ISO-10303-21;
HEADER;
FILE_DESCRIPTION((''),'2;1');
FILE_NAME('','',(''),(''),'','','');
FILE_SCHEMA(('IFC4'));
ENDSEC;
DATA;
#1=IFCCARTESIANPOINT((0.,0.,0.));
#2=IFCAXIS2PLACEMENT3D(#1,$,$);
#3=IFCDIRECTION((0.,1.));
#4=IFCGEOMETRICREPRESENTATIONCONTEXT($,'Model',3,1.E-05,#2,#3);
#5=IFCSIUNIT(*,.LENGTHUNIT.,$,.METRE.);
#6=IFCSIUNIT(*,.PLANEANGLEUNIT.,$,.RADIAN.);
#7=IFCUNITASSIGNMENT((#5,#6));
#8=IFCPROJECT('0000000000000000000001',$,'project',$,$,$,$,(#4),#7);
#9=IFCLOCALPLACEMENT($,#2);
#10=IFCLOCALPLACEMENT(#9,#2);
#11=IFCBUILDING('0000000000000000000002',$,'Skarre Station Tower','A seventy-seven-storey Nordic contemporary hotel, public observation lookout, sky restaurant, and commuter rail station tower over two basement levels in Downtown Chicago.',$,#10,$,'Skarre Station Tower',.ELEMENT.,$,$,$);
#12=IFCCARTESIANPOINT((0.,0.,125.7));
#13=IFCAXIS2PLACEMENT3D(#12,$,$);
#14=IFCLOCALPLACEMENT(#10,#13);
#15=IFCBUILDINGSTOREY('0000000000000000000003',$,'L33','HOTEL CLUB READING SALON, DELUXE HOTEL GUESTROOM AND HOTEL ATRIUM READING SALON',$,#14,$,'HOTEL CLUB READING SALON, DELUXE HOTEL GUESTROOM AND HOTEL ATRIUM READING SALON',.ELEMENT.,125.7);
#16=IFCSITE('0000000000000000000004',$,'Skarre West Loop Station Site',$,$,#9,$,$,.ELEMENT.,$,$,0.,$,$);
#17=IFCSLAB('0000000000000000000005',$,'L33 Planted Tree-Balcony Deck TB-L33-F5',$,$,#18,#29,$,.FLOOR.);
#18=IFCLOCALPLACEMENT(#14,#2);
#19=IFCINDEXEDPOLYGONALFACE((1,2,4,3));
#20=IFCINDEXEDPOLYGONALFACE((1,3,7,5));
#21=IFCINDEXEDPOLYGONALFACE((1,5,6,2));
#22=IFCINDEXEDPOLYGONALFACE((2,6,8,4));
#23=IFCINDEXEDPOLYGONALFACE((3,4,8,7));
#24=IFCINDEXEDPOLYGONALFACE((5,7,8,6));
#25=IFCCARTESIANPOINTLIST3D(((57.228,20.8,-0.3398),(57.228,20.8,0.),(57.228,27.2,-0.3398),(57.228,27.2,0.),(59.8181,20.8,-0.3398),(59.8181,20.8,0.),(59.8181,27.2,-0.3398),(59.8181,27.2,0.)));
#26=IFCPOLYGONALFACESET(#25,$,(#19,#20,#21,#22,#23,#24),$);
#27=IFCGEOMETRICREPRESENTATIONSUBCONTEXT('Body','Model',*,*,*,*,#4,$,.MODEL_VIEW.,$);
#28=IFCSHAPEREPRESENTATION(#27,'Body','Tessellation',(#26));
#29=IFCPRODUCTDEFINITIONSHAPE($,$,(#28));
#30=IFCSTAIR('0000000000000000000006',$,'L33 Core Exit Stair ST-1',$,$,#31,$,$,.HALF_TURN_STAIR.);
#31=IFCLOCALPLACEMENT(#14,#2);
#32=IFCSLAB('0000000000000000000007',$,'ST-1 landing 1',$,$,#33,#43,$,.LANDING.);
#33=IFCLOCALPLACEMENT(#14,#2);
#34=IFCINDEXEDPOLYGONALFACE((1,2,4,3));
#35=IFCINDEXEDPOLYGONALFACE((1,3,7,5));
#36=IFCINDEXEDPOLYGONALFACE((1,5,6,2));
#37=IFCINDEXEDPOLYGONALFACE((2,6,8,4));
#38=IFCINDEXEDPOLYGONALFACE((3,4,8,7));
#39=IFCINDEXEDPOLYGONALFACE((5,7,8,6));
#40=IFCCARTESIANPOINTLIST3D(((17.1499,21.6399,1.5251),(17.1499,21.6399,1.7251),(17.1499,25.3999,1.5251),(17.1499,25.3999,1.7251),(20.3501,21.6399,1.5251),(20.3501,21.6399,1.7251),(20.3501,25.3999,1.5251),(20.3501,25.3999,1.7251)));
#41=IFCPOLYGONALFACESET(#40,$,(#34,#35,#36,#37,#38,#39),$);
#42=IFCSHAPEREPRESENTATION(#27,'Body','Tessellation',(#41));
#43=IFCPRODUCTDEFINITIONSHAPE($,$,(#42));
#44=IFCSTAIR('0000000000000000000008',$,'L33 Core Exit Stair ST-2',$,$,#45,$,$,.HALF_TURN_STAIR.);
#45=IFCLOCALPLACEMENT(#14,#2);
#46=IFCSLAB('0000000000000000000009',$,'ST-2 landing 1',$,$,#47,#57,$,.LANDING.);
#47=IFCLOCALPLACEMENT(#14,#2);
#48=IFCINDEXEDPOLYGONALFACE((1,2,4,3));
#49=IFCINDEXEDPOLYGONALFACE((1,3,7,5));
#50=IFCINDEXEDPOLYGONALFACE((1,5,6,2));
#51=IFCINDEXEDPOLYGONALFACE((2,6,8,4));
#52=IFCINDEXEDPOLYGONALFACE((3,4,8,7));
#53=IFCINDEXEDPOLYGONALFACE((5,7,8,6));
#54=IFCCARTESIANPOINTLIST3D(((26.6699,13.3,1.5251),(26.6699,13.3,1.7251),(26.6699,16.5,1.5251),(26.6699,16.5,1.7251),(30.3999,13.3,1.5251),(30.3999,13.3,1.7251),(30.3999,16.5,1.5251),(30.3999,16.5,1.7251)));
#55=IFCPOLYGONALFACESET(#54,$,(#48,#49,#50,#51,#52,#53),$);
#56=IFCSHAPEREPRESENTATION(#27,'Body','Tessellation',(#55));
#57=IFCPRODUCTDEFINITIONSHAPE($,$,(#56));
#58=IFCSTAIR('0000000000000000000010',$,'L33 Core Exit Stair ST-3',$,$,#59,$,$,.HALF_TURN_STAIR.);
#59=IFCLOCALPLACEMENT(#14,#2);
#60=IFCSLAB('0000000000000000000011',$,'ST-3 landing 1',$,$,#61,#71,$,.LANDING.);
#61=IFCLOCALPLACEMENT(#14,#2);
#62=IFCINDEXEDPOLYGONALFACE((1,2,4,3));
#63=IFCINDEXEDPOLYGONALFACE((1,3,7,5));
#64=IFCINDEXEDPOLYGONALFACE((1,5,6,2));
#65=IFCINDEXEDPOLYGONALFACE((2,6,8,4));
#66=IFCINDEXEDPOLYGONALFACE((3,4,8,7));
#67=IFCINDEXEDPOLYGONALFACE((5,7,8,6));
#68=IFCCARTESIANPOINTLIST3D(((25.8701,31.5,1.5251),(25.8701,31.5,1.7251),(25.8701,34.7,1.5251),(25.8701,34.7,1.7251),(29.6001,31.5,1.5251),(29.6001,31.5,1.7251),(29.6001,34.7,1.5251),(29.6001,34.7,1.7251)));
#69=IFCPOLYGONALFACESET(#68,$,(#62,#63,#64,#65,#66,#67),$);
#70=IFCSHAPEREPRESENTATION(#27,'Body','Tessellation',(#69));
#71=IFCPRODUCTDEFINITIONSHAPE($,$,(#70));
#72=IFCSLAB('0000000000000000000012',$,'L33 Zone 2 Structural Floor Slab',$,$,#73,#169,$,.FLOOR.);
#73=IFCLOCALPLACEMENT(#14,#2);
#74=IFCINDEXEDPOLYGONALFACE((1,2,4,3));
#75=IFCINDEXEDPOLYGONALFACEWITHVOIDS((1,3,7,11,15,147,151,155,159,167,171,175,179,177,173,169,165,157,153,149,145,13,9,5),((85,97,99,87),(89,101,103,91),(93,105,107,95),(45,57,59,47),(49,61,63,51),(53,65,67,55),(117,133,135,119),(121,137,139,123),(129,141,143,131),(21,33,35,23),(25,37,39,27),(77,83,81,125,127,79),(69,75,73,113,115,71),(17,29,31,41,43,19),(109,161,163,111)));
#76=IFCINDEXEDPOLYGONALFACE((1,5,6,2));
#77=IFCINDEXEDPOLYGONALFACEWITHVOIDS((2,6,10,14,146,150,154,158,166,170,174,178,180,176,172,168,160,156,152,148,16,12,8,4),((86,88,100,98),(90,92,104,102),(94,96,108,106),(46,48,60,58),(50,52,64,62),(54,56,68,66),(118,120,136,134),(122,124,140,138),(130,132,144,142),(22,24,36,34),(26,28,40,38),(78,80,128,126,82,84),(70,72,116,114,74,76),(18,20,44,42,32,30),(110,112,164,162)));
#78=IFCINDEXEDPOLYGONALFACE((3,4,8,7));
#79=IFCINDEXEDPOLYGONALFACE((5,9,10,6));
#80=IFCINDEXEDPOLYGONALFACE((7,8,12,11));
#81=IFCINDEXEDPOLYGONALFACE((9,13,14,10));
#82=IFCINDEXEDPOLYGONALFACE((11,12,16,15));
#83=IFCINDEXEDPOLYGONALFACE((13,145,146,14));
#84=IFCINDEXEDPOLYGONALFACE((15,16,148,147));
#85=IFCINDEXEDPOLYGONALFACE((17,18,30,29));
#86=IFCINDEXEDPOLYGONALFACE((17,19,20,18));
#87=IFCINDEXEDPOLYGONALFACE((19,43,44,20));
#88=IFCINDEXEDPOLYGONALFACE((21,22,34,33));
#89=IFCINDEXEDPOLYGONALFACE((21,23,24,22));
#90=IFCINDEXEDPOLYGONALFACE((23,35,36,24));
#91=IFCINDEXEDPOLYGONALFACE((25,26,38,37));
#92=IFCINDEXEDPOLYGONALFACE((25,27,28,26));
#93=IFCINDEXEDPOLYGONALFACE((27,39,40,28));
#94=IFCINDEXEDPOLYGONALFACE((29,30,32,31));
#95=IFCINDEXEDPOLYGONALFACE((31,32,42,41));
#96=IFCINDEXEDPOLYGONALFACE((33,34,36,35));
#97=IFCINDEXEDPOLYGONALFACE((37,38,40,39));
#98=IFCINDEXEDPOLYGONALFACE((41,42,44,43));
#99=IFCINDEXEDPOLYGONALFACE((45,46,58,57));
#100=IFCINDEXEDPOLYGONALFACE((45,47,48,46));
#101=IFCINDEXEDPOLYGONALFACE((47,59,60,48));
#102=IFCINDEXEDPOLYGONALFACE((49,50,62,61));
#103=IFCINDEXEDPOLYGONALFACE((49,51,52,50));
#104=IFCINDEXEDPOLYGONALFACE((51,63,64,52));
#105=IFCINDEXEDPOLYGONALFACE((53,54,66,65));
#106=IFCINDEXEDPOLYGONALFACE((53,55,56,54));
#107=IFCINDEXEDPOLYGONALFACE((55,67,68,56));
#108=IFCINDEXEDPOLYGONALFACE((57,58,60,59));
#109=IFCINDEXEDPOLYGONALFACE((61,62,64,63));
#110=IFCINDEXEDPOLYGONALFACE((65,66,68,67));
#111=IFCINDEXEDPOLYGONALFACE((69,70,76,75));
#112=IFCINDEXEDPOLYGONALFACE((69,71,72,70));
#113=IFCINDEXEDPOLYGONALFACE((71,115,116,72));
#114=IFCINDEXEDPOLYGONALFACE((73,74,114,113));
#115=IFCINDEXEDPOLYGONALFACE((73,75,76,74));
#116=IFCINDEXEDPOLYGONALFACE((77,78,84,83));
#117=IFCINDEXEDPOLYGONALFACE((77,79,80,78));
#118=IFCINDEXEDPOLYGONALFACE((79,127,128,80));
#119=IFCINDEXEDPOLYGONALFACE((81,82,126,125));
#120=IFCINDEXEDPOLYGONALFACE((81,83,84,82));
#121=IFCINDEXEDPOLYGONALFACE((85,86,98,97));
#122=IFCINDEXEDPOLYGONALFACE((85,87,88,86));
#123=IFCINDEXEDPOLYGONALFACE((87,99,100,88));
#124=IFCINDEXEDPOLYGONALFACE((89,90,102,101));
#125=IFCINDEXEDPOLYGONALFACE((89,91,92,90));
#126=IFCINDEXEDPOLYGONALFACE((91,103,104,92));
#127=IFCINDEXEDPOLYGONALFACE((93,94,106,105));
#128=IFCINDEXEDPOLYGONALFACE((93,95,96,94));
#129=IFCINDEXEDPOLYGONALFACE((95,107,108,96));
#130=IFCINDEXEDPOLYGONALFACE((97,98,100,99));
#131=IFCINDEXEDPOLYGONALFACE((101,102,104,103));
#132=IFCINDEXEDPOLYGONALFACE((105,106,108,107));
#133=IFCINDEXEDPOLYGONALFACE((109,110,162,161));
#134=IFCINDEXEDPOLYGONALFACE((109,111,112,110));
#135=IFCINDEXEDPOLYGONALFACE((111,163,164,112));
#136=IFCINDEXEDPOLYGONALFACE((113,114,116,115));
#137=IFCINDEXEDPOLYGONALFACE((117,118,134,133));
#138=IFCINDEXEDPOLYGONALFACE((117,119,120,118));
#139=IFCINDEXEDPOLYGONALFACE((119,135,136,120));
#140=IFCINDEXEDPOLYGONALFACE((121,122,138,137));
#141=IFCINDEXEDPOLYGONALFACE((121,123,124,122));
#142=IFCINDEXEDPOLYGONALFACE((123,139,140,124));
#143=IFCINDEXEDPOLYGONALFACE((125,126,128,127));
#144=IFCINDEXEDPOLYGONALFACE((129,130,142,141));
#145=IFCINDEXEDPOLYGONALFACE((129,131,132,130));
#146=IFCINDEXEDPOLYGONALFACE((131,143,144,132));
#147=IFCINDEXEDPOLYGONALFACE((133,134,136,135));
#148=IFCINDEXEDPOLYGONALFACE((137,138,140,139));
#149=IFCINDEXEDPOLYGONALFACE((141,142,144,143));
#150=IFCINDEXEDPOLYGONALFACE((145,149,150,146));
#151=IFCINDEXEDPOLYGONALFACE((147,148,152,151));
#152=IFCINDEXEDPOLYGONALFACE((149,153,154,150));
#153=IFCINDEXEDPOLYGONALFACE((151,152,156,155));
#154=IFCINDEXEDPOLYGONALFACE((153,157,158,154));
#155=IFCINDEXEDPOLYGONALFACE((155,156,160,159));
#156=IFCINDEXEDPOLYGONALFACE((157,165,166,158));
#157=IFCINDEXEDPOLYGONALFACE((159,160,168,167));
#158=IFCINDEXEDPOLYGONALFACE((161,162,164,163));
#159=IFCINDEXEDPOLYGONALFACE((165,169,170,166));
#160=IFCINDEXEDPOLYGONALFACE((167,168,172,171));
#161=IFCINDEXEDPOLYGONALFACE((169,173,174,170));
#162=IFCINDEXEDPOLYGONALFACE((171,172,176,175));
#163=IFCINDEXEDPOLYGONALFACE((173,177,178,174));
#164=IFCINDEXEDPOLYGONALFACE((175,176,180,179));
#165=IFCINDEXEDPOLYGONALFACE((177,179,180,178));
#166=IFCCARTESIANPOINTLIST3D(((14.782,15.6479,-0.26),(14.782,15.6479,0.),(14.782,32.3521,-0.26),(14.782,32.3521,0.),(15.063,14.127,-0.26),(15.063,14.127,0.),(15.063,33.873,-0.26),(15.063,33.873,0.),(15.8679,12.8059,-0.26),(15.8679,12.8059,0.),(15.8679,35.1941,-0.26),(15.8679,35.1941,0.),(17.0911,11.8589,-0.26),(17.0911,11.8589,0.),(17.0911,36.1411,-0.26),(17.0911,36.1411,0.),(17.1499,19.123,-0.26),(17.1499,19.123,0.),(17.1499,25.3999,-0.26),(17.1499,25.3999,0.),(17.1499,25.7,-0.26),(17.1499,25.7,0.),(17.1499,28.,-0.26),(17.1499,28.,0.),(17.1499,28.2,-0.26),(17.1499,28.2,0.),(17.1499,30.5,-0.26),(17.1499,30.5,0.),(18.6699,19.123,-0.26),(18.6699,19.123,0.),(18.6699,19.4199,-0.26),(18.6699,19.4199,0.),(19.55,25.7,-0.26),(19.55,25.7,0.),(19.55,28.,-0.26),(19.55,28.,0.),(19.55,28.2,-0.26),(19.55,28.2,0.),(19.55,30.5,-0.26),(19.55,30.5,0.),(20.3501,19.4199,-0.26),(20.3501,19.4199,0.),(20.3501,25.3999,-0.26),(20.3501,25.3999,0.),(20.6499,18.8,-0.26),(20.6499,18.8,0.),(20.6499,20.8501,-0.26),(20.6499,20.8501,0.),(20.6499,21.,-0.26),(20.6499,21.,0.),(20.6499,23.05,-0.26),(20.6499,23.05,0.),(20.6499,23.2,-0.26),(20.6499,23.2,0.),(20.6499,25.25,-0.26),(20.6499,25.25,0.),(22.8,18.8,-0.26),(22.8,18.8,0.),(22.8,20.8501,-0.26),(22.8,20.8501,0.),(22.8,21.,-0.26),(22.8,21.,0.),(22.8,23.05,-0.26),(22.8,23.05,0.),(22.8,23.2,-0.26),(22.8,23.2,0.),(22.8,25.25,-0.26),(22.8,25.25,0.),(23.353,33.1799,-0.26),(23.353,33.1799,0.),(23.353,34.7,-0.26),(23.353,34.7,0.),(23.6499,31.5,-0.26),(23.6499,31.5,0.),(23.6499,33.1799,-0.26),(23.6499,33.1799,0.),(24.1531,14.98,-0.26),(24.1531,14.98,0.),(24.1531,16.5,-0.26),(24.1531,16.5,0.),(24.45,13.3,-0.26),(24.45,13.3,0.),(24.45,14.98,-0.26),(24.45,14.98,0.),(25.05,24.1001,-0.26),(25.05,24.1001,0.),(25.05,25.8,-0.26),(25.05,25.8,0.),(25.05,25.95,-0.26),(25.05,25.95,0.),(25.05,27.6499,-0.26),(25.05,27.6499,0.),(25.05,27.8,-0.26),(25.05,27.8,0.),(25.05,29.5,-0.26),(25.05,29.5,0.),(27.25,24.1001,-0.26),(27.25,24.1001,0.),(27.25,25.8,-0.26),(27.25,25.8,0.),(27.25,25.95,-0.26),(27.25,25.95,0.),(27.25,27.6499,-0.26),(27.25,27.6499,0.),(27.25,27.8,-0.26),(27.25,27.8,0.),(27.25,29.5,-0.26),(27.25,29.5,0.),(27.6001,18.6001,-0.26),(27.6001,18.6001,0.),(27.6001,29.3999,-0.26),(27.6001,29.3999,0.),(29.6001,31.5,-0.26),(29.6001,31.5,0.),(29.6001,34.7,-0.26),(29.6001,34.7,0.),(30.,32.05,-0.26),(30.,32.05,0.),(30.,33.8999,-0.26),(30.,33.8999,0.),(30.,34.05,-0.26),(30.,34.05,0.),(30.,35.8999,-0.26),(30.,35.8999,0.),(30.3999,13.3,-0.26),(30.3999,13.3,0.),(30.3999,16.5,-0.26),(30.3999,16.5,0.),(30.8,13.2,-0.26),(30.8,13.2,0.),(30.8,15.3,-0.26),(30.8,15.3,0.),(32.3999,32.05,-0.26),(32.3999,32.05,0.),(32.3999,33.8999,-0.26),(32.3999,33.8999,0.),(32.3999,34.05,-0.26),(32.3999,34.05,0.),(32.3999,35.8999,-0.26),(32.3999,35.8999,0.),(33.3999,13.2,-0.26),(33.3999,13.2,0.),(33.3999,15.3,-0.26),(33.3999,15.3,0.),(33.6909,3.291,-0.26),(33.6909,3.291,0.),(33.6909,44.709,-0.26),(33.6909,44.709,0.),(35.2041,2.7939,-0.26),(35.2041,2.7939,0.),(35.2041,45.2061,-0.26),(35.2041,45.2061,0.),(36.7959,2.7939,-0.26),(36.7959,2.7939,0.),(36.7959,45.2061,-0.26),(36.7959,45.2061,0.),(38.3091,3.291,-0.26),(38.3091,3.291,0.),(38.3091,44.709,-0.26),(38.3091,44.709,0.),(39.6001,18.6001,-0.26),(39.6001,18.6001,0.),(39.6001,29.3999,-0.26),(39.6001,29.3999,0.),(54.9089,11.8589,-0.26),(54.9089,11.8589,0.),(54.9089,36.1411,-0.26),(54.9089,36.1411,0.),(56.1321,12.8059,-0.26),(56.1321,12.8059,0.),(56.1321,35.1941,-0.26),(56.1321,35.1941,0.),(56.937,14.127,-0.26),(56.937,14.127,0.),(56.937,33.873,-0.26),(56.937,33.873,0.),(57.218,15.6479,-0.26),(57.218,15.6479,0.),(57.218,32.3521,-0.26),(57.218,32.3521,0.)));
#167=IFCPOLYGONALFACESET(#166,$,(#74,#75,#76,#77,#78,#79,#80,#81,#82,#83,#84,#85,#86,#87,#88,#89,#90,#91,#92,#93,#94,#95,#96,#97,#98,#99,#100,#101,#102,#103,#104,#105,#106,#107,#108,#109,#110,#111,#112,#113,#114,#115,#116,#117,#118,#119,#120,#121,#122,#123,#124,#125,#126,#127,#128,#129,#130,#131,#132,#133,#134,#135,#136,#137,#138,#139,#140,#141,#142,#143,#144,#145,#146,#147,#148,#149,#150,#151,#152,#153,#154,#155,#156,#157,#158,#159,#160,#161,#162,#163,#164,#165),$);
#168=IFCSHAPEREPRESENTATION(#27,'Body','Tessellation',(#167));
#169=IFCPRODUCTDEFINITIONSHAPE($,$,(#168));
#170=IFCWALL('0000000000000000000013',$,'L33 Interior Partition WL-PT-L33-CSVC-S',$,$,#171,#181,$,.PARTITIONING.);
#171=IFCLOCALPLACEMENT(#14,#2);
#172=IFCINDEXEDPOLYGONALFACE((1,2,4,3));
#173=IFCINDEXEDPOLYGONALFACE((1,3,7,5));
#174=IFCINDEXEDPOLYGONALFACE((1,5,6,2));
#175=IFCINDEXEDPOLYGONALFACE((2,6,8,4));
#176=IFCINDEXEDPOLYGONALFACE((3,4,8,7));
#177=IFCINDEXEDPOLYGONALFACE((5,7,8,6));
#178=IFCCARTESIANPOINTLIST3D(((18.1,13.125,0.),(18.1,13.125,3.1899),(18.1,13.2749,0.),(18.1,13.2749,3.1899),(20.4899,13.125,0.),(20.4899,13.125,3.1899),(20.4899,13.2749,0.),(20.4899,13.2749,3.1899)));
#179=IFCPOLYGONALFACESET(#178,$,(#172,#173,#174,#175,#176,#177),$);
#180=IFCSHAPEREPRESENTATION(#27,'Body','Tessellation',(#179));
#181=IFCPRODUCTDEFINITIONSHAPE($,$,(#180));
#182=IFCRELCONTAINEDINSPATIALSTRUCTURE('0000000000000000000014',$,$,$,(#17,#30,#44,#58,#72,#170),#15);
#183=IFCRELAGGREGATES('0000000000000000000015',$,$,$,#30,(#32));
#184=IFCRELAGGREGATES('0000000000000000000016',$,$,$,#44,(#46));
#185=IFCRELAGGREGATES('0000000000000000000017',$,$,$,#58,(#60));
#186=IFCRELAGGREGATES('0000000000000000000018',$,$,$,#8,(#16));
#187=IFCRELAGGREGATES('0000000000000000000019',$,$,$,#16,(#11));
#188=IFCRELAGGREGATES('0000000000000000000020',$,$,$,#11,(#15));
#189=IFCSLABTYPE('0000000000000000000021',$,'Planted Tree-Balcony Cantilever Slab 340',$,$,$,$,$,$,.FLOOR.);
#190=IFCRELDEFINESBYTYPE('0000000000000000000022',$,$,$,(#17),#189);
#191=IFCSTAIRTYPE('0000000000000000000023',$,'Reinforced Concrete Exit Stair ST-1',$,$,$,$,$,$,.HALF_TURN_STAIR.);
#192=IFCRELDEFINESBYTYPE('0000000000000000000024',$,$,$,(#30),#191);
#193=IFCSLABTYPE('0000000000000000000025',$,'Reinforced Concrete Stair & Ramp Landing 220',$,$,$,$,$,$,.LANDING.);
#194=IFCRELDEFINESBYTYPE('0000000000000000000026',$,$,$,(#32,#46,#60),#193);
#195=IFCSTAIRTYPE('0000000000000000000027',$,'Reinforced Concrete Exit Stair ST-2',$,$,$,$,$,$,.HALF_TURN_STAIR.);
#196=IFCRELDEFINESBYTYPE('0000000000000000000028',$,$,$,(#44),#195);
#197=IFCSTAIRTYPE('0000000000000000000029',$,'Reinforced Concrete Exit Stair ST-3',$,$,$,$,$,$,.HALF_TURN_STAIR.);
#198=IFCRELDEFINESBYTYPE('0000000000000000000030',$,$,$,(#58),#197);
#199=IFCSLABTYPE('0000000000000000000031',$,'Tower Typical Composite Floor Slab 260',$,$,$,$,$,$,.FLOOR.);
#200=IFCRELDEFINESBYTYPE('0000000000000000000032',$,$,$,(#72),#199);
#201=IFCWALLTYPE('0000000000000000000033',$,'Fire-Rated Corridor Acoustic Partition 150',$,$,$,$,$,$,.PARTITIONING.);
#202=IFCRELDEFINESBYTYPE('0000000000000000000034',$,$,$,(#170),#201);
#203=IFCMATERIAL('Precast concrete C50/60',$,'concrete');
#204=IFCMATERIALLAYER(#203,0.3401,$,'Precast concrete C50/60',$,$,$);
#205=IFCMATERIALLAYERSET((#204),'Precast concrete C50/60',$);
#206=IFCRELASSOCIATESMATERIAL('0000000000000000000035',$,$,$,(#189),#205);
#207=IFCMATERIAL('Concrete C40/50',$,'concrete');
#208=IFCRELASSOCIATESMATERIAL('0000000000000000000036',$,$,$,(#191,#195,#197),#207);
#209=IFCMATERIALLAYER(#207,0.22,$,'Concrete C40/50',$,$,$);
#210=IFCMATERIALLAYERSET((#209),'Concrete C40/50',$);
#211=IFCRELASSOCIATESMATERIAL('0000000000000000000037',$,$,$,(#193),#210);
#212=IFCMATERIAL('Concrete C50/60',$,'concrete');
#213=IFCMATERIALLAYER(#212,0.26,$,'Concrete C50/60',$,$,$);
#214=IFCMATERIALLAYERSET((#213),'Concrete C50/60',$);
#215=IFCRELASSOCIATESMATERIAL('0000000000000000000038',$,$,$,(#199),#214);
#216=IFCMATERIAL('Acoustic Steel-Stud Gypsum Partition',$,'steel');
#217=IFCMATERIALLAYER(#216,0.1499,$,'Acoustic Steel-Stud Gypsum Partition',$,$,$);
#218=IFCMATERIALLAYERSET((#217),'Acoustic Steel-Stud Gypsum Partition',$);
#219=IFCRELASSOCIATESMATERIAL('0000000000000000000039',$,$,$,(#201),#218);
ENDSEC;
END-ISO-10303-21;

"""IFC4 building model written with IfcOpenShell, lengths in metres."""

from ifc_helpers import new_model, si_unit, direction, frame, frame_2d, origin, place, context, subcontext, project, spatial, polyline, rectangle, outline, extrude, material, layer, layer_set, type_object, element, aggregate, save


model = new_model("IFC4")

# Units and contexts
model_context = context("Model", 3, precision=1e-05, world=origin(), true_north=direction((0.0, 1.0)))
body_context = subcontext(model_context, "Body", "Model", "MODEL_VIEW")
ifc_project = project(units=[si_unit("LENGTHUNIT", "METRE"), si_unit("PLANEANGLEUNIT", "RADIAN")], contexts=[model_context])

# Site, building, storey
site_placement = place(None, origin())
site = spatial("IfcSite", under=ifc_project, at=site_placement, Name="Skarre West Loop Station Site", CompositionType="ELEMENT", RefElevation=0.0)
building_placement = place(site_placement, origin())
building = spatial("IfcBuilding", under=site, at=building_placement, Name="Skarre Station Tower", Description="A seventy-seven-storey Nordic contemporary hotel, public observation lookout, sky restaurant, and commuter rail station tower over two basement levels in Downtown Chicago.", LongName="Skarre Station Tower", CompositionType="ELEMENT")
storey_placement = place(building_placement, frame((0.0, 0.0, 125.7)))
storey = spatial("IfcBuildingStorey", under=building, at=storey_placement, Name="L33", Description="HOTEL CLUB READING SALON, DELUXE HOTEL GUESTROOM AND HOTEL ATRIUM READING SALON", LongName="HOTEL CLUB READING SALON, DELUXE HOTEL GUESTROOM AND HOTEL ATRIUM READING SALON", CompositionType="ELEMENT", Elevation=125.7)

# Slab
ifc_material_1 = material(Name="Precast concrete C50/60", Category="concrete")
ifc_layer_1 = layer(ifc_material_1, 0.3401, Name="Precast concrete C50/60")
ifc_layer_set_1 = layer_set([ifc_layer_1], Name="Precast concrete C50/60")
slab_type_1 = type_object("IfcSlabType", Name="Planted Tree-Balcony Cantilever Slab 340", PredefinedType="FLOOR", material=ifc_layer_set_1)
slab_1_placement = place(storey_placement, frame((0.0, 0.0, -0.3398)))
element("IfcSlab", 1, at=slab_1_placement, inside=storey, type_object=slab_type_1, Name="L33 Planted Tree-Balcony Deck TB-L33-F5", PredefinedType="FLOOR", context=body_context, shape_type="SweptSolid", body=[
    extrude(outline(polyline([(57.228, 20.8), (57.228, 27.2), (59.8181, 27.2), (59.8181, 20.8), (57.228, 20.8)])), origin(), (0.0, 0.0, 1.0), 0.3398),
])

# Stairs, slabs
ifc_material_2 = material(Name="Concrete C40/50", Category="concrete")
stair_type_1 = type_object("IfcStairType", Name="Reinforced Concrete Exit Stair ST-1", PredefinedType="HALF_TURN_STAIR", material=ifc_material_2)
stair_1_placement = place(storey_placement, origin())
stair_1 = element("IfcStair", 2, at=stair_1_placement, inside=storey, type_object=stair_type_1, Name="L33 Core Exit Stair ST-1", PredefinedType="HALF_TURN_STAIR")
ifc_layer_2 = layer(ifc_material_2, 0.22, Name="Concrete C40/50")
ifc_layer_set_2 = layer_set([ifc_layer_2], Name="Concrete C40/50")
slab_type_2 = type_object("IfcSlabType", Name="Reinforced Concrete Stair & Ramp Landing 220", PredefinedType="LANDING", material=ifc_layer_set_2)
slab_2_placement = place(storey_placement, frame((0.0, 0.0, 1.5251)))
slab_2 = element("IfcSlab", 3, at=slab_2_placement, type_object=slab_type_2, Name="ST-1 landing 1", PredefinedType="LANDING", context=body_context, shape_type="SweptSolid", body=[
    extrude(outline(polyline([(20.3501, 21.6399), (20.3501, 25.3999), (17.1499, 25.3999), (17.1499, 21.6399), (20.3501, 21.6399)])), origin(), (0.0, 0.0, 1.0), 0.2),
])
aggregate(stair_1, [slab_2])
stair_type_2 = type_object("IfcStairType", Name="Reinforced Concrete Exit Stair ST-2", PredefinedType="HALF_TURN_STAIR", material=ifc_material_2)
stair_2_placement = place(storey_placement, origin())
stair_2 = element("IfcStair", 4, at=stair_2_placement, inside=storey, type_object=stair_type_2, Name="L33 Core Exit Stair ST-2", PredefinedType="HALF_TURN_STAIR")
slab_3_placement = place(storey_placement, frame((0.0, 0.0, 1.5251)))
slab_3 = element("IfcSlab", 5, at=slab_3_placement, type_object=slab_type_2, Name="ST-2 landing 1", PredefinedType="LANDING", context=body_context, shape_type="SweptSolid", body=[
    extrude(outline(polyline([(26.6699, 13.3), (30.3999, 13.3), (30.3999, 16.5), (26.6699, 16.5), (26.6699, 13.3)])), origin(), (0.0, 0.0, 1.0), 0.2),
])
aggregate(stair_2, [slab_3])
stair_type_3 = type_object("IfcStairType", Name="Reinforced Concrete Exit Stair ST-3", PredefinedType="HALF_TURN_STAIR", material=ifc_material_2)
stair_3_placement = place(storey_placement, origin())
stair_3 = element("IfcStair", 6, at=stair_3_placement, inside=storey, type_object=stair_type_3, Name="L33 Core Exit Stair ST-3", PredefinedType="HALF_TURN_STAIR")
slab_4_placement = place(storey_placement, frame((0.0, 0.0, 1.5251)))
slab_4 = element("IfcSlab", 7, at=slab_4_placement, type_object=slab_type_2, Name="ST-3 landing 1", PredefinedType="LANDING", context=body_context, shape_type="SweptSolid", body=[
    extrude(outline(polyline([(25.8701, 31.5), (29.6001, 31.5), (29.6001, 34.7), (25.8701, 34.7), (25.8701, 31.5)])), origin(), (0.0, 0.0, 1.0), 0.2),
])
aggregate(stair_3, [slab_4])

# Slab
ifc_material_3 = material(Name="Concrete C50/60", Category="concrete")
ifc_layer_3 = layer(ifc_material_3, 0.26, Name="Concrete C50/60")
ifc_layer_set_3 = layer_set([ifc_layer_3], Name="Concrete C50/60")
slab_type_3 = type_object("IfcSlabType", Name="Tower Typical Composite Floor Slab 260", PredefinedType="FLOOR", material=ifc_layer_set_3)
slab_5_placement = place(storey_placement, frame((0.0, 0.0, -0.26)))
element("IfcSlab", 8, at=slab_5_placement, inside=storey, type_object=slab_type_3, Name="L33 Zone 2 Structural Floor Slab", PredefinedType="FLOOR", context=body_context, shape_type="SweptSolid", body=[
    extrude(outline(polyline([(57.218, 32.3521), (56.937, 33.873), (56.1321, 35.1941), (54.9089, 36.1411), (38.3091, 44.709), (36.7959, 45.2061), (35.2041, 45.2061), (33.6909, 44.709), (17.0911, 36.1411), (15.8679, 35.1941), (15.063, 33.873), (14.782, 32.3521), (14.782, 15.6479), (15.063, 14.127), (15.8679, 12.8059), (17.0911, 11.8589), (33.6909, 3.291), (35.2041, 2.7939), (36.7959, 2.7939), (38.3091, 3.291), (54.9089, 11.8589), (56.1321, 12.8059), (56.937, 14.127), (57.218, 15.6479), (57.218, 32.3521)]), holes=[polyline([(18.6699, 19.4199), (18.6699, 19.123), (17.1499, 19.123), (17.1499, 25.3999), (20.3501, 25.3999), (20.3501, 19.4199), (18.6699, 19.4199)]), polyline([(24.45, 14.98), (24.1531, 14.98), (24.1531, 16.5), (30.3999, 16.5), (30.3999, 13.3), (24.45, 13.3), (24.45, 14.98)]), polyline([(23.6499, 33.1799), (23.353, 33.1799), (23.353, 34.7), (29.6001, 34.7), (29.6001, 31.5), (23.6499, 31.5), (23.6499, 33.1799)]), polyline([(17.1499, 28.0), (19.55, 28.0), (19.55, 25.7), (17.1499, 25.7), (17.1499, 28.0)]), polyline([(17.1499, 30.5), (19.55, 30.5), (19.55, 28.2), (17.1499, 28.2), (17.1499, 30.5)]), polyline([(30.8, 15.3), (33.3999, 15.3), (33.3999, 13.2), (30.8, 13.2), (30.8, 15.3)]), polyline([(25.05, 25.8), (27.25, 25.8), (27.25, 24.1001), (25.05, 24.1001), (25.05, 25.8)]), polyline([(25.05, 27.6499), (27.25, 27.6499), (27.25, 25.95), (25.05, 25.95), (25.05, 27.6499)]), polyline([(25.05, 29.5), (27.25, 29.5), (27.25, 27.8), (25.05, 27.8), (25.05, 29.5)]), polyline([(20.6499, 20.8501), (22.8, 20.8501), (22.8, 18.8), (20.6499, 18.8), (20.6499, 20.8501)]), polyline([(20.6499, 23.05), (22.8, 23.05), (22.8, 21.0), (20.6499, 21.0), (20.6499, 23.05)]), polyline([(20.6499, 25.25), (22.8, 25.25), (22.8, 23.2), (20.6499, 23.2), (20.6499, 25.25)]), polyline([(30.0, 33.8999), (32.3999, 33.8999), (32.3999, 32.05), (30.0, 32.05), (30.0, 33.8999)]), polyline([(30.0, 35.8999), (32.3999, 35.8999), (32.3999, 34.05), (30.0, 34.05), (30.0, 35.8999)]), polyline([(27.6001, 29.3999), (39.6001, 29.3999), (39.6001, 18.6001), (27.6001, 18.6001), (27.6001, 29.3999)])]), origin(), (0.0, 0.0, 1.0), 0.26),
])

# Wall
ifc_material_4 = material(Name="Acoustic Steel-Stud Gypsum Partition", Category="steel")
ifc_layer_4 = layer(ifc_material_4, 0.1499, Name="Acoustic Steel-Stud Gypsum Partition")
ifc_layer_set_4 = layer_set([ifc_layer_4], Name="Acoustic Steel-Stud Gypsum Partition")
wall_type_1 = type_object("IfcWallType", Name="Fire-Rated Corridor Acoustic Partition 150", PredefinedType="PARTITIONING", material=ifc_layer_set_4)
for number, where, z_axis, x_axis, name in (
    (9, (18.1001, 13.2, 0.0), (0.0, 0.0, 1.0), (1.0, 0.0, 0.0), "L33 Interior Partition WL-PT-L33-CSVC-S"),
):
    element("IfcWall", number, at=place(storey_placement, frame(where, z_axis=z_axis, x_axis=x_axis)), inside=storey, type_object=wall_type_1, Name=name, PredefinedType="PARTITIONING", context=body_context, shape_type="SweptSolid", body=[
        extrude(rectangle(XDim=2.3899, YDim=0.1499, at=frame_2d((1.1948, 0.0))), origin(), (0.0, 0.0, 1.0), 3.1899),
    ])

save(model, "model.ifc")
